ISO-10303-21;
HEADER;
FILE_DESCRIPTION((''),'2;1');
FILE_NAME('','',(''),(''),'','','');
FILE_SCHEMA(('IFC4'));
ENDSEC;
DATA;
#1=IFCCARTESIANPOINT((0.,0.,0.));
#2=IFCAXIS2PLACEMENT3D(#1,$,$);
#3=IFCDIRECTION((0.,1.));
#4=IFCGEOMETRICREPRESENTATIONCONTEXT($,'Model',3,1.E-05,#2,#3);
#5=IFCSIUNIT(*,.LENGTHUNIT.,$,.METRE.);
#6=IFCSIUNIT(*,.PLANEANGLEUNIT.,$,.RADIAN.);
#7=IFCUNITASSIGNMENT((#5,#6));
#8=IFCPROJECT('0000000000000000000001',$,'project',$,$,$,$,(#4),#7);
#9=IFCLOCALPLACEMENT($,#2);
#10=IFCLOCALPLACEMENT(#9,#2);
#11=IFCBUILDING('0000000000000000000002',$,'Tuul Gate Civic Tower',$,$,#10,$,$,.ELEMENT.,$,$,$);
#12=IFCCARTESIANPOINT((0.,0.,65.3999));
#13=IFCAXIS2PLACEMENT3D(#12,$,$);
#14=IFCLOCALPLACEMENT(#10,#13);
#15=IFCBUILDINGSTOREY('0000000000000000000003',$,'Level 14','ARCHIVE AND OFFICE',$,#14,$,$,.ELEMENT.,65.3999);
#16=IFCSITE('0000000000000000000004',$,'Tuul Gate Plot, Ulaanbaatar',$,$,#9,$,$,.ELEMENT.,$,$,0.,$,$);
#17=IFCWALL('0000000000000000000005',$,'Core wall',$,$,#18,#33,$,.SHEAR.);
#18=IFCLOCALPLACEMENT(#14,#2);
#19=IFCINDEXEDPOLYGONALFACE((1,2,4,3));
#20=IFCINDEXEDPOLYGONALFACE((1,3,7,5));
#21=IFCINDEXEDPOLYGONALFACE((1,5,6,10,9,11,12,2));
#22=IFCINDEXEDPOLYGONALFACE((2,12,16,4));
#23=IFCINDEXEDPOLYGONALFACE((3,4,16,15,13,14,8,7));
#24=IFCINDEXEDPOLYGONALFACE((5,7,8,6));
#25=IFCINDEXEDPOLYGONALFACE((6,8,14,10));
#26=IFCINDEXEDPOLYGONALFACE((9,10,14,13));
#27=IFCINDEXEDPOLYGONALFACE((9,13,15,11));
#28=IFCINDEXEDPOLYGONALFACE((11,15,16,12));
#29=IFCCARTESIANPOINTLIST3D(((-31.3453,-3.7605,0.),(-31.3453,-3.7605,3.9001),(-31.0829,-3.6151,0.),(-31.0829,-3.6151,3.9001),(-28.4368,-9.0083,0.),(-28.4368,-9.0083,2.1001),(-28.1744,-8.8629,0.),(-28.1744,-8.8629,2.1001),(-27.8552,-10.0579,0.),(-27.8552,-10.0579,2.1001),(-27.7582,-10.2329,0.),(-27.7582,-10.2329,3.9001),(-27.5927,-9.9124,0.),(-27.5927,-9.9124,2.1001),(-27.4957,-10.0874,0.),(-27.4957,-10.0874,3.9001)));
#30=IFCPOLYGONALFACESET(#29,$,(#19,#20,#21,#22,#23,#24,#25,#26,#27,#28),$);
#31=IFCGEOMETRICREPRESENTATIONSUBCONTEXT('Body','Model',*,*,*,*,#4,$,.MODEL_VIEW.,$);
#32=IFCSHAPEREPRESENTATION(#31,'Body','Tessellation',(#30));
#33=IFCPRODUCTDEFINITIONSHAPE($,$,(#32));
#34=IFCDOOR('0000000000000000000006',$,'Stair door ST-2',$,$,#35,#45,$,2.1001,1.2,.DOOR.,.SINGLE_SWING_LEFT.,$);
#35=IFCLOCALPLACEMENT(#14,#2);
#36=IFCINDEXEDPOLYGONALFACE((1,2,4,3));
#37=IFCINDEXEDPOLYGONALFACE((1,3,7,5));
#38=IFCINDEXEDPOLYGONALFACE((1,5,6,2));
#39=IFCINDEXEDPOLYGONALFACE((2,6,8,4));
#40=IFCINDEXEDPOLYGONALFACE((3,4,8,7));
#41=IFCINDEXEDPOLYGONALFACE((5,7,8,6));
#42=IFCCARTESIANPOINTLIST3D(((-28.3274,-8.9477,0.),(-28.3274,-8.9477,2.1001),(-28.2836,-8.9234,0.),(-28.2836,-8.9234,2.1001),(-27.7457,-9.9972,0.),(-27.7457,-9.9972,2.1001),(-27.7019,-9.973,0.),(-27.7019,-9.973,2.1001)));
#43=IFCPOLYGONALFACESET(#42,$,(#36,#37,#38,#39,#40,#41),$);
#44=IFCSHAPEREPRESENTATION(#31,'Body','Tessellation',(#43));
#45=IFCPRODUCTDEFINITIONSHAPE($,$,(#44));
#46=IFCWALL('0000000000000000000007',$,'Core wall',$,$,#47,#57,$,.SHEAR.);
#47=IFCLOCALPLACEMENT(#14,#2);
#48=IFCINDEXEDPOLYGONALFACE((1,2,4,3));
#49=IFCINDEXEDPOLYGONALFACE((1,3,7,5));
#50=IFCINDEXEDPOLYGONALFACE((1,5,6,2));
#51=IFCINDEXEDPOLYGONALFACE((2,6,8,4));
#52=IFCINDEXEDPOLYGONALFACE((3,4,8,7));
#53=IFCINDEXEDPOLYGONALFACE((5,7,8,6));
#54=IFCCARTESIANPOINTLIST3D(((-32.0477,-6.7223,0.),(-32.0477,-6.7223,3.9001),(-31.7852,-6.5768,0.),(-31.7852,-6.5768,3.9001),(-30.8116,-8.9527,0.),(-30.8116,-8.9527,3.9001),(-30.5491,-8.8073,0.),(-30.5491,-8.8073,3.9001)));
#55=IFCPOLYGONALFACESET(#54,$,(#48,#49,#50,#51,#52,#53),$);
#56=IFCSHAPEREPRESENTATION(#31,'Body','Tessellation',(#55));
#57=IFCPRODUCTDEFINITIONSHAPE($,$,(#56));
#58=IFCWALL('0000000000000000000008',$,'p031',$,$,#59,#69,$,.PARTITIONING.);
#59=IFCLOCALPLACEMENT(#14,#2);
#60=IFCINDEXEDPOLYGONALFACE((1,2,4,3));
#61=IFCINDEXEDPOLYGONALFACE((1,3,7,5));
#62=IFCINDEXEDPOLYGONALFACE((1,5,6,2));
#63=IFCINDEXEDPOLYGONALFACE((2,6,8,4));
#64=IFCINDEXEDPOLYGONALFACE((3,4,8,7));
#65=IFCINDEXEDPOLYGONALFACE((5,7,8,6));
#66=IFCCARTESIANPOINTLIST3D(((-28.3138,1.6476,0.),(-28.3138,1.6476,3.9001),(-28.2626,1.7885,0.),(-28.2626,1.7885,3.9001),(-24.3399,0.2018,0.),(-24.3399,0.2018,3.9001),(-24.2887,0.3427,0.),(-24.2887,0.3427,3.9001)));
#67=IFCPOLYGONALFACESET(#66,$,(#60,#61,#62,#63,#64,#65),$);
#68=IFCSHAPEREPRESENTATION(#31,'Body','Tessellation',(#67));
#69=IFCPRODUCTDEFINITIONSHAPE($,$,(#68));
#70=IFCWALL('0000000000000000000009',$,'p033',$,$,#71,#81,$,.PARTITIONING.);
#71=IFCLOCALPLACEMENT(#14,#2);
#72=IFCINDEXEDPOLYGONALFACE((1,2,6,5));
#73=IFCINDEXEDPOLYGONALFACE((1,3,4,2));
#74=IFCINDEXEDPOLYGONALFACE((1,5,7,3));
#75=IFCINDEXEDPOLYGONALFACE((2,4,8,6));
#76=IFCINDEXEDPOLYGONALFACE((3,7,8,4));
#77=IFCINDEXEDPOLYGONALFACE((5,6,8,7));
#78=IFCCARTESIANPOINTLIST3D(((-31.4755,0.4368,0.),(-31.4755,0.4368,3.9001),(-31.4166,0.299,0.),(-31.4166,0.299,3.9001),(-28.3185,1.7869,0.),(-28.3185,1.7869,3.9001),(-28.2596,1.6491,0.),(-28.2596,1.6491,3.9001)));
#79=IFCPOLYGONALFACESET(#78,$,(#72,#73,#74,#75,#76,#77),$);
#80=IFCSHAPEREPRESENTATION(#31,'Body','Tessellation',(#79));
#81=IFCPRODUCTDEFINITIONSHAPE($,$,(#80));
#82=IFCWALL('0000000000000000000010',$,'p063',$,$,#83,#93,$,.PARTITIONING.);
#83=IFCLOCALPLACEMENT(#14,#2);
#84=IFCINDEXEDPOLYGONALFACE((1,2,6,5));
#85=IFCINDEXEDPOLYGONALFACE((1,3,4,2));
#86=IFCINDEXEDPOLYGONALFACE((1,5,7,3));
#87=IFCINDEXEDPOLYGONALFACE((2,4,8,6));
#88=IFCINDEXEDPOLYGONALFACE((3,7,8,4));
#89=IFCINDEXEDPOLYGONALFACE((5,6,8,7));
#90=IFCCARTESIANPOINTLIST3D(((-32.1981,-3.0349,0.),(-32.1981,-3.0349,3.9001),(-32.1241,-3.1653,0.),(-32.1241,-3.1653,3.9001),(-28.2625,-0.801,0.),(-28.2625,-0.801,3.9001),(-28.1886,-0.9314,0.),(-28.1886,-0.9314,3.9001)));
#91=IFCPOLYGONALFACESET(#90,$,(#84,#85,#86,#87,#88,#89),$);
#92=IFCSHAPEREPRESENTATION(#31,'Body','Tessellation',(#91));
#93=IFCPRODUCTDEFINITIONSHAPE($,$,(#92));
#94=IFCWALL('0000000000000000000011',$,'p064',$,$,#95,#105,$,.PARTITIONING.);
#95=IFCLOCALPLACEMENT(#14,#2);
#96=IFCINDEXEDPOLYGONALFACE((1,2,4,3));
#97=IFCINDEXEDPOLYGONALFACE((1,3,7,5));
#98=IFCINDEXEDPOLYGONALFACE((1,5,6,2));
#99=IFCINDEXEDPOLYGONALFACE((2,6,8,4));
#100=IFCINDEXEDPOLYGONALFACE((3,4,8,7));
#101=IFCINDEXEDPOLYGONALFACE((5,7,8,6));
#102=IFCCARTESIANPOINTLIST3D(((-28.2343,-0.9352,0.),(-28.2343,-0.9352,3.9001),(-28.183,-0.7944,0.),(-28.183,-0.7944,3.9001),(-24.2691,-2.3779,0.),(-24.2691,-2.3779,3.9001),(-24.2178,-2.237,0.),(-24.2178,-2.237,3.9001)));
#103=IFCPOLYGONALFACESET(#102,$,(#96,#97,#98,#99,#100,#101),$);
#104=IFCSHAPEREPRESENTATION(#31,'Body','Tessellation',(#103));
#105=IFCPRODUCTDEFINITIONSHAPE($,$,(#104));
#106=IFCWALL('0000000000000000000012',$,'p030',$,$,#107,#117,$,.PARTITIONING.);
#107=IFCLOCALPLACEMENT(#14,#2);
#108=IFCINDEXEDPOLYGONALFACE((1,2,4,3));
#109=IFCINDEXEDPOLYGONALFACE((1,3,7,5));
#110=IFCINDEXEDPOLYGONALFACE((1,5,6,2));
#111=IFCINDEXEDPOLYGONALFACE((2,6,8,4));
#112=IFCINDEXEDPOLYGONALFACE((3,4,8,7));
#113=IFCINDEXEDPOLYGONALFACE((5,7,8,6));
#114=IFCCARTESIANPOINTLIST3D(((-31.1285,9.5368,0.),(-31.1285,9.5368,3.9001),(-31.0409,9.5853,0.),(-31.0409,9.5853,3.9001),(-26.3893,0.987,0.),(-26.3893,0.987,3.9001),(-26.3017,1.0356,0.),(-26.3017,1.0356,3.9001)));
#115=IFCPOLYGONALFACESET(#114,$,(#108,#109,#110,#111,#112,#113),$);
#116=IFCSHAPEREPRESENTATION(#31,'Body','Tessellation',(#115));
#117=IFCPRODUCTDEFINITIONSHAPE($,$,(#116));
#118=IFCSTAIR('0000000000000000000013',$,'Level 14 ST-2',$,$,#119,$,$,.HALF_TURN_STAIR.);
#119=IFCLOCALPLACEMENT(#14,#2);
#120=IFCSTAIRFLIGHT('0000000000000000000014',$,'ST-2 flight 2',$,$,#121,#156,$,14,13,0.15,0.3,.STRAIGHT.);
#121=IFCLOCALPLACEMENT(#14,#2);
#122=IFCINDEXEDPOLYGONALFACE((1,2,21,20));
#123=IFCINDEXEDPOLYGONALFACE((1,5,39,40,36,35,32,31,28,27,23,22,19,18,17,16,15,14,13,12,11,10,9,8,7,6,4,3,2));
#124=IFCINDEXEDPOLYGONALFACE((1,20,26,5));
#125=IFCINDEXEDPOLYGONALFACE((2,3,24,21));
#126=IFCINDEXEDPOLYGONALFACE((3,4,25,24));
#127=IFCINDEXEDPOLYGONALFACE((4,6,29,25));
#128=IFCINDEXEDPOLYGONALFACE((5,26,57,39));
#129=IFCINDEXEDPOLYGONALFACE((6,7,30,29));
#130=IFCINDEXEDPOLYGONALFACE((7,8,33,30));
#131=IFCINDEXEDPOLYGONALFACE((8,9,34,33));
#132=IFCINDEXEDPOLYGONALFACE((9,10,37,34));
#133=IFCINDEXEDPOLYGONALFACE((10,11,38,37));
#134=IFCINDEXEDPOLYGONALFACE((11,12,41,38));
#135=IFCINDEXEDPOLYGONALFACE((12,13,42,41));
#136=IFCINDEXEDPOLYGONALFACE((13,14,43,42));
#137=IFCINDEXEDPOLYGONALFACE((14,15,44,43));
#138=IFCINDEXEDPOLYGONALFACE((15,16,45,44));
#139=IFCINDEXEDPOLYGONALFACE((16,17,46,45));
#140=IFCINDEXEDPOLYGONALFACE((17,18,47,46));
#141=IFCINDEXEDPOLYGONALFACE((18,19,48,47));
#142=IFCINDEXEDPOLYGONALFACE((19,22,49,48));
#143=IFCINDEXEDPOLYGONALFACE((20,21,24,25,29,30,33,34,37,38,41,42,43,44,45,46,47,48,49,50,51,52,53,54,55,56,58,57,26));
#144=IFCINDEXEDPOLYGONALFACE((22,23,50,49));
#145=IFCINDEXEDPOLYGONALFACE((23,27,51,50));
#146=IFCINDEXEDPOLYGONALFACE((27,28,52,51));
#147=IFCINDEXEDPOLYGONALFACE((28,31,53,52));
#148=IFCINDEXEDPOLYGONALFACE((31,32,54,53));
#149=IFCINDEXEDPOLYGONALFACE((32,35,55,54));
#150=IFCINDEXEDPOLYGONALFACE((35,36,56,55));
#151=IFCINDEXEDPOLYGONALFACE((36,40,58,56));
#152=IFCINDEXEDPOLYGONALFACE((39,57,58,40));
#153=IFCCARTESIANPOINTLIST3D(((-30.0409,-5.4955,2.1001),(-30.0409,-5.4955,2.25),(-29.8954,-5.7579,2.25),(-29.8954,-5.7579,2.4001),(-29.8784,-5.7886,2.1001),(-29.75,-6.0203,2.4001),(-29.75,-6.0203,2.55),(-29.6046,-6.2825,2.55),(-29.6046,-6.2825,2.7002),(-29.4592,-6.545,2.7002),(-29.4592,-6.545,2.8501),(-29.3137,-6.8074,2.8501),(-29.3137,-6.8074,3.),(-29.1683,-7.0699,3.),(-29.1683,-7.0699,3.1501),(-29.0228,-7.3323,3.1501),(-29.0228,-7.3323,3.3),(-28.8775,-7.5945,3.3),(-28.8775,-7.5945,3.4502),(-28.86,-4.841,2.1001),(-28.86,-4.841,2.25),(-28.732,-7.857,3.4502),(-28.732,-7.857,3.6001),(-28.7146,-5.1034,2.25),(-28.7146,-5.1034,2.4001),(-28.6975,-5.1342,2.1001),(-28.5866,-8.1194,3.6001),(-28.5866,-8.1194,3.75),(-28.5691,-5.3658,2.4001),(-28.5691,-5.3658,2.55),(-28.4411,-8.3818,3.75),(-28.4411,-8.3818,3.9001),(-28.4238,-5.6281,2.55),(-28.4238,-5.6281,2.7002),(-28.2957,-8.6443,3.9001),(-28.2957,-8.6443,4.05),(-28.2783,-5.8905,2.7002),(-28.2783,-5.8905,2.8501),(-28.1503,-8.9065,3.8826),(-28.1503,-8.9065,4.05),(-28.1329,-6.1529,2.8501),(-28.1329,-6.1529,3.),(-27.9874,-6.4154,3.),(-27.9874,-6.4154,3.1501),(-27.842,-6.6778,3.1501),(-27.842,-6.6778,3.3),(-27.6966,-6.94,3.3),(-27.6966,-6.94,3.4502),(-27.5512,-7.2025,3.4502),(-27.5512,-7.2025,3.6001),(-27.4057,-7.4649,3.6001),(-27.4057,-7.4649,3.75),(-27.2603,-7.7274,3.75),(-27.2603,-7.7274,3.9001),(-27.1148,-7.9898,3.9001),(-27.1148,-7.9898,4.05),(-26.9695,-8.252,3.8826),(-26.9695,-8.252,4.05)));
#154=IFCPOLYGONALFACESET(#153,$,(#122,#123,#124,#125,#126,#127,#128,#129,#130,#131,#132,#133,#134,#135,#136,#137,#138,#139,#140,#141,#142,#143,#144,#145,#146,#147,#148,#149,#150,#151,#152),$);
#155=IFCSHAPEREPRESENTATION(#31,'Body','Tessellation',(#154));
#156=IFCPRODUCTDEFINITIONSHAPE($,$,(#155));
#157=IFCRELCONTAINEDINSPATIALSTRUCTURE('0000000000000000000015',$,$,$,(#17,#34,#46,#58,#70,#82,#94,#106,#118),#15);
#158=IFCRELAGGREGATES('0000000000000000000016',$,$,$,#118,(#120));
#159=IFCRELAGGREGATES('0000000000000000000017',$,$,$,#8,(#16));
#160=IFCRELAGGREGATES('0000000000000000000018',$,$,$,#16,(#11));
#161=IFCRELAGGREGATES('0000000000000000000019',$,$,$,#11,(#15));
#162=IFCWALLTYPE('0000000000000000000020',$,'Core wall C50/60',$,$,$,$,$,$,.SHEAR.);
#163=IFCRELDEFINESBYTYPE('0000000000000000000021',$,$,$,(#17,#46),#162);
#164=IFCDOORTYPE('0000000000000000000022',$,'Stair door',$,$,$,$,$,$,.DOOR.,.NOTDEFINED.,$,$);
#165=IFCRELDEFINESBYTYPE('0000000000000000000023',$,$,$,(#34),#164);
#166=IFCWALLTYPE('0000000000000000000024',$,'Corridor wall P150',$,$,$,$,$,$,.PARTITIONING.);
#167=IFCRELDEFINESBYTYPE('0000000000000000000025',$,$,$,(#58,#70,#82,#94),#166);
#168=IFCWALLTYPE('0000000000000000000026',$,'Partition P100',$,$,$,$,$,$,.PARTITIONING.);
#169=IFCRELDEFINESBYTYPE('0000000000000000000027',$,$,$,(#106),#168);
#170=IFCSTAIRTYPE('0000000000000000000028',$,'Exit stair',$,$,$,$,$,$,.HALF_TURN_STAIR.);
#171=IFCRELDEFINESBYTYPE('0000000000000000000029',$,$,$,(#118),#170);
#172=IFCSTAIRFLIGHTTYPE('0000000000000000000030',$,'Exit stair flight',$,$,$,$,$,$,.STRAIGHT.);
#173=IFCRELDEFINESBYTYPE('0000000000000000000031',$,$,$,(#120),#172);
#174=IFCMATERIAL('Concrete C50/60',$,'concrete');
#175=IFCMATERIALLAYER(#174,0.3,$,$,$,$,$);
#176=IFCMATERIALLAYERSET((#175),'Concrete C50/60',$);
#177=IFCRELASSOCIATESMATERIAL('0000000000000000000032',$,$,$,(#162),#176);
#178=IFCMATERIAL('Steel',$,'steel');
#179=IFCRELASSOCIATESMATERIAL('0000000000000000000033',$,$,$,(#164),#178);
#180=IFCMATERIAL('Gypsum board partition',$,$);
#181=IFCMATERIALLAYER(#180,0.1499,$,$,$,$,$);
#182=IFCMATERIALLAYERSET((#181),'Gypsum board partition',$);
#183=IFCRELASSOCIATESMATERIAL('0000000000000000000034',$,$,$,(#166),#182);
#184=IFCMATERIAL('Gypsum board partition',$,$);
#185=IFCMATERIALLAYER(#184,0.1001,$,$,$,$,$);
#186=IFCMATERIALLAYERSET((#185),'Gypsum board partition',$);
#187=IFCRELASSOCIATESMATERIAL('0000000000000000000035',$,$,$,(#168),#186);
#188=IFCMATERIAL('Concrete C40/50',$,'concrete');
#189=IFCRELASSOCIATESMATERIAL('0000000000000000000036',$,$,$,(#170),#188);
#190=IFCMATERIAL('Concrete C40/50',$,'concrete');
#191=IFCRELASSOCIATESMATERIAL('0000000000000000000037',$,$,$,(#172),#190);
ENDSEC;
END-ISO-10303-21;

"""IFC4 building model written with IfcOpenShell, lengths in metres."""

from ifc_helpers import new_model, si_unit, direction, frame, frame_2d, origin, place, context, subcontext, project, spatial, polyline, rectangle, outline, extrude, material, layer, layer_set, type_object, element, fill, aggregate, save


model = new_model("IFC4")

# Units and contexts
model_context = context("Model", 3, precision=1e-05, world=origin(), true_north=direction((0.0, 1.0)))
body_context = subcontext(model_context, "Body", "Model", "MODEL_VIEW")
ifc_project = project(units=[si_unit("LENGTHUNIT", "METRE"), si_unit("PLANEANGLEUNIT", "RADIAN")], contexts=[model_context])

# Site, building, storey
site_placement = place(None, origin())
site = spatial("IfcSite", under=ifc_project, at=site_placement, Name="Tuul Gate Plot, Ulaanbaatar", CompositionType="ELEMENT", RefElevation=0.0)
building_placement = place(site_placement, origin())
building = spatial("IfcBuilding", under=site, at=building_placement, Name="Tuul Gate Civic Tower", CompositionType="ELEMENT")
storey_placement = place(building_placement, frame((0.0, 0.0, 65.3999)))
storey = spatial("IfcBuildingStorey", under=building, at=storey_placement, Name="Level 14", Description="ARCHIVE AND OFFICE", CompositionType="ELEMENT", Elevation=65.3999)

# Shared definitions
ifc_material_1 = material(Name="Concrete C50/60", Category="concrete")
ifc_layer_1 = layer(ifc_material_1, 0.3)
ifc_layer_set_1 = layer_set([ifc_layer_1], Name="Concrete C50/60")
wall_type_1 = type_object("IfcWallType", Name="Core wall C50/60", PredefinedType="SHEAR", material=ifc_layer_set_1)

# Wall, opening, door
wall_1_placement = place(storey_placement, frame((-27.627, -10.1602, 0.0), z_axis=(0.0, 0.0, 1.0), x_axis=(-0.484752, 0.874652, 0.0)))
wall_1 = element("IfcWall", 1, at=wall_1_placement, inside=storey, type_object=wall_type_1, Name="Core wall", PredefinedType="SHEAR", context=body_context, shape_type="SweptSolid", body=[
    extrude(rectangle(XDim=7.3999, YDim=0.3, at=frame_2d((3.7, 0.0))), origin(), (0.0, 0.0, 1.0), 3.9001),
])
opening_1_placement = place(wall_1_placement, frame((0.2, 0.0, 0.0)))
opening_1 = element("IfcOpeningElement", 2, at=opening_1_placement, cuts=wall_1, PredefinedType="OPENING", context=body_context, shape_type="SweptSolid", body=[
    extrude(rectangle(XDim=1.2, YDim=2.1001, at=frame_2d((0.6001, 1.05))), frame((0.0, 0.1602, 0.0), z_axis=(0.0, -1.0, 0.0), x_axis=(1.0, 0.0, 0.0)), (0.0, 0.0, 1.0), 0.3201),
])
ifc_material_2 = material(Name="Steel", Category="steel")
door_type_1 = type_object("IfcDoorType", Name="Stair door", OperationType="NOTDEFINED", PredefinedType="DOOR", material=ifc_material_2)
door_1_placement = place(opening_1_placement, origin())
door_1 = element("IfcDoor", 3, at=door_1_placement, inside=storey, type_object=door_type_1, Name="Stair door ST-2", OperationType="SINGLE_SWING_LEFT", OverallHeight=2.1001, OverallWidth=1.2, PredefinedType="DOOR", context=body_context, shape_type="SweptSolid", body=[
    extrude(rectangle(XDim=1.2, YDim=2.1001, at=frame_2d((0.6001, 1.05))), frame((0.0, 0.0249, 0.0), z_axis=(0.0, -1.0, 0.0), x_axis=(1.0, 0.0, 0.0)), (0.0, 0.0, 1.0), 0.05),
])
fill(opening_1, door_1)

# Walls
wall_2_placement = place(storey_placement, frame((-30.6804, -8.8799, 0.0), z_axis=(0.0, 0.0, 1.0), x_axis=(-0.484724, 0.874667, 0.0)))
element("IfcWall", 4, at=wall_2_placement, inside=storey, type_object=wall_type_1, Name="Core wall", PredefinedType="SHEAR", context=body_context, shape_type="SweptSolid", body=[
    extrude(rectangle(XDim=2.55, YDim=0.3, at=frame_2d((1.2749, 0.0))), origin(), (0.0, 0.0, 1.0), 3.9001),
])
ifc_material_3 = material(Name="Gypsum board partition")
ifc_layer_2 = layer(ifc_material_3, 0.1499)
ifc_layer_set_2 = layer_set([ifc_layer_2], Name="Gypsum board partition")
wall_type_2 = type_object("IfcWallType", Name="Corridor wall P150", PredefinedType="PARTITIONING", material=ifc_layer_set_2)
wall_3_placement = place(storey_placement, frame((-28.2881, 1.718, 0.0), z_axis=(0.0, 0.0, 1.0), x_axis=(0.939736, -0.341901, 0.0)))
element("IfcWall", 5, at=wall_3_placement, inside=storey, type_object=wall_type_2, Name="p031", PredefinedType="PARTITIONING", context=body_context, shape_type="SweptSolid", body=[
    extrude(rectangle(XDim=4.2288, YDim=0.1499, at=frame_2d((2.1143, 0.0))), origin(), (0.0, 0.0, 1.0), 3.9001),
])
wall_4_placement = place(storey_placement, frame((-31.446, 0.3679, 0.0), z_axis=(0.0, 0.0, 1.0), x_axis=(0.91945, 0.393207, 0.0)))
element("IfcWall", 6, at=wall_4_placement, inside=storey, type_object=wall_type_2, Name="p033", PredefinedType="PARTITIONING", context=body_context, shape_type="SweptSolid", body=[
    extrude(rectangle(XDim=3.4336, YDim=0.1499, at=frame_2d((1.7168, 0.0))), origin(), (0.0, 0.0, 1.0), 3.9001),
])
wall_5_placement = place(storey_placement, frame((-32.1611, -3.1001, 0.0), z_axis=(0.0, 0.0, 1.0), x_axis=(0.869667, 0.493639, 0.0)))
element("IfcWall", 7, at=wall_5_placement, inside=storey, type_object=wall_type_2, Name="p063", PredefinedType="PARTITIONING", context=body_context, shape_type="SweptSolid", body=[
    extrude(rectangle(XDim=4.5254, YDim=0.1499, at=frame_2d((2.2627, 0.0))), origin(), (0.0, 0.0, 1.0), 3.9001),
])
wall_6_placement = place(storey_placement, frame((-28.2087, -0.8647, 0.0), z_axis=(0.0, 0.0, 1.0), x_axis=(0.939734, -0.341906, 0.0)))
element("IfcWall", 8, at=wall_6_placement, inside=storey, type_object=wall_type_2, Name="p064", PredefinedType="PARTITIONING", context=body_context, shape_type="SweptSolid", body=[
    extrude(rectangle(XDim=4.2195, YDim=0.1499, at=frame_2d((2.1099, 0.0))), origin(), (0.0, 0.0, 1.0), 3.9001),
])
ifc_material_4 = material(Name="Gypsum board partition")
ifc_layer_3 = layer(ifc_material_4, 0.1001)
ifc_layer_set_3 = layer_set([ifc_layer_3], Name="Gypsum board partition")
wall_type_3 = type_object("IfcWallType", Name="Partition P100", PredefinedType="PARTITIONING", material=ifc_layer_set_3)
wall_7_placement = place(storey_placement, frame((-31.0847, 9.561, 0.0), z_axis=(0.0, 0.0, 1.0), x_axis=(0.484811, -0.874619, 0.0)))
element("IfcWall", 9, at=wall_7_placement, inside=storey, type_object=wall_type_3, Name="p030", PredefinedType="PARTITIONING", context=body_context, shape_type="SweptSolid", body=[
    extrude(rectangle(XDim=9.7754, YDim=0.1001, at=frame_2d((4.8877, 0.0))), origin(), (0.0, 0.0, 1.0), 3.9001),
])

# Stair, stair flight
ifc_material_5 = material(Name="Concrete C40/50", Category="concrete")
stair_type = type_object("IfcStairType", Name="Exit stair", PredefinedType="HALF_TURN_STAIR", material=ifc_material_5)
stair_placement = place(storey_placement, origin())
stair = element("IfcStair", 10, at=stair_placement, inside=storey, type_object=stair_type, Name="Level 14 ST-2", PredefinedType="HALF_TURN_STAIR")
ifc_material_6 = material(Name="Concrete C40/50", Category="concrete")
stair_flight_type = type_object("IfcStairFlightType", Name="Exit stair flight", PredefinedType="STRAIGHT", material=ifc_material_6)
stair_flight_placement = place(storey_placement, frame((-29.4504, -5.1682, 2.1001), z_axis=(0.0, 0.0, 1.0), x_axis=(0.484762, -0.874646, 0.0)))
stair_flight = element("IfcStairFlight", 11, at=stair_flight_placement, type_object=stair_flight_type, Name="ST-2 flight 2", NumberOfRisers=14, NumberOfTreads=13, PredefinedType="STRAIGHT", RiserHeight=0.15, TreadLength=0.3, context=body_context, shape_type="SweptSolid", body=[
    extrude(outline(polyline([(0.0, 0.0), (0.0, 0.1499), (0.3, 0.1499), (0.3, 0.3), (0.6001, 0.3), (0.6001, 0.45), (0.8999, 0.45), (0.8999, 0.6001), (1.2, 0.6001), (1.2, 0.75), (1.5, 0.75), (1.5, 0.8999), (1.8, 0.8999), (1.8, 1.05), (2.1001, 1.05), (2.1001, 1.2), (2.3999, 1.2), (2.3999, 1.3501), (2.7, 1.3501), (2.7, 1.5), (3.0, 1.5), (3.0, 1.6499), (3.3, 1.6499), (3.3, 1.8), (3.6001, 1.8), (3.6001, 1.95), (3.8999, 1.95), (3.8999, 2.1001), (3.8999, 1.7825), (0.3352, 0.0), (0.0, 0.0)])), frame((0.0, 0.675, 0.0), z_axis=(0.0, -1.0, 0.0), x_axis=(1.0, 0.0, 0.0)), (0.0, 0.0, 1.0), 1.3501),
])
aggregate(stair, [stair_flight])

save(model, "model.ifc")
